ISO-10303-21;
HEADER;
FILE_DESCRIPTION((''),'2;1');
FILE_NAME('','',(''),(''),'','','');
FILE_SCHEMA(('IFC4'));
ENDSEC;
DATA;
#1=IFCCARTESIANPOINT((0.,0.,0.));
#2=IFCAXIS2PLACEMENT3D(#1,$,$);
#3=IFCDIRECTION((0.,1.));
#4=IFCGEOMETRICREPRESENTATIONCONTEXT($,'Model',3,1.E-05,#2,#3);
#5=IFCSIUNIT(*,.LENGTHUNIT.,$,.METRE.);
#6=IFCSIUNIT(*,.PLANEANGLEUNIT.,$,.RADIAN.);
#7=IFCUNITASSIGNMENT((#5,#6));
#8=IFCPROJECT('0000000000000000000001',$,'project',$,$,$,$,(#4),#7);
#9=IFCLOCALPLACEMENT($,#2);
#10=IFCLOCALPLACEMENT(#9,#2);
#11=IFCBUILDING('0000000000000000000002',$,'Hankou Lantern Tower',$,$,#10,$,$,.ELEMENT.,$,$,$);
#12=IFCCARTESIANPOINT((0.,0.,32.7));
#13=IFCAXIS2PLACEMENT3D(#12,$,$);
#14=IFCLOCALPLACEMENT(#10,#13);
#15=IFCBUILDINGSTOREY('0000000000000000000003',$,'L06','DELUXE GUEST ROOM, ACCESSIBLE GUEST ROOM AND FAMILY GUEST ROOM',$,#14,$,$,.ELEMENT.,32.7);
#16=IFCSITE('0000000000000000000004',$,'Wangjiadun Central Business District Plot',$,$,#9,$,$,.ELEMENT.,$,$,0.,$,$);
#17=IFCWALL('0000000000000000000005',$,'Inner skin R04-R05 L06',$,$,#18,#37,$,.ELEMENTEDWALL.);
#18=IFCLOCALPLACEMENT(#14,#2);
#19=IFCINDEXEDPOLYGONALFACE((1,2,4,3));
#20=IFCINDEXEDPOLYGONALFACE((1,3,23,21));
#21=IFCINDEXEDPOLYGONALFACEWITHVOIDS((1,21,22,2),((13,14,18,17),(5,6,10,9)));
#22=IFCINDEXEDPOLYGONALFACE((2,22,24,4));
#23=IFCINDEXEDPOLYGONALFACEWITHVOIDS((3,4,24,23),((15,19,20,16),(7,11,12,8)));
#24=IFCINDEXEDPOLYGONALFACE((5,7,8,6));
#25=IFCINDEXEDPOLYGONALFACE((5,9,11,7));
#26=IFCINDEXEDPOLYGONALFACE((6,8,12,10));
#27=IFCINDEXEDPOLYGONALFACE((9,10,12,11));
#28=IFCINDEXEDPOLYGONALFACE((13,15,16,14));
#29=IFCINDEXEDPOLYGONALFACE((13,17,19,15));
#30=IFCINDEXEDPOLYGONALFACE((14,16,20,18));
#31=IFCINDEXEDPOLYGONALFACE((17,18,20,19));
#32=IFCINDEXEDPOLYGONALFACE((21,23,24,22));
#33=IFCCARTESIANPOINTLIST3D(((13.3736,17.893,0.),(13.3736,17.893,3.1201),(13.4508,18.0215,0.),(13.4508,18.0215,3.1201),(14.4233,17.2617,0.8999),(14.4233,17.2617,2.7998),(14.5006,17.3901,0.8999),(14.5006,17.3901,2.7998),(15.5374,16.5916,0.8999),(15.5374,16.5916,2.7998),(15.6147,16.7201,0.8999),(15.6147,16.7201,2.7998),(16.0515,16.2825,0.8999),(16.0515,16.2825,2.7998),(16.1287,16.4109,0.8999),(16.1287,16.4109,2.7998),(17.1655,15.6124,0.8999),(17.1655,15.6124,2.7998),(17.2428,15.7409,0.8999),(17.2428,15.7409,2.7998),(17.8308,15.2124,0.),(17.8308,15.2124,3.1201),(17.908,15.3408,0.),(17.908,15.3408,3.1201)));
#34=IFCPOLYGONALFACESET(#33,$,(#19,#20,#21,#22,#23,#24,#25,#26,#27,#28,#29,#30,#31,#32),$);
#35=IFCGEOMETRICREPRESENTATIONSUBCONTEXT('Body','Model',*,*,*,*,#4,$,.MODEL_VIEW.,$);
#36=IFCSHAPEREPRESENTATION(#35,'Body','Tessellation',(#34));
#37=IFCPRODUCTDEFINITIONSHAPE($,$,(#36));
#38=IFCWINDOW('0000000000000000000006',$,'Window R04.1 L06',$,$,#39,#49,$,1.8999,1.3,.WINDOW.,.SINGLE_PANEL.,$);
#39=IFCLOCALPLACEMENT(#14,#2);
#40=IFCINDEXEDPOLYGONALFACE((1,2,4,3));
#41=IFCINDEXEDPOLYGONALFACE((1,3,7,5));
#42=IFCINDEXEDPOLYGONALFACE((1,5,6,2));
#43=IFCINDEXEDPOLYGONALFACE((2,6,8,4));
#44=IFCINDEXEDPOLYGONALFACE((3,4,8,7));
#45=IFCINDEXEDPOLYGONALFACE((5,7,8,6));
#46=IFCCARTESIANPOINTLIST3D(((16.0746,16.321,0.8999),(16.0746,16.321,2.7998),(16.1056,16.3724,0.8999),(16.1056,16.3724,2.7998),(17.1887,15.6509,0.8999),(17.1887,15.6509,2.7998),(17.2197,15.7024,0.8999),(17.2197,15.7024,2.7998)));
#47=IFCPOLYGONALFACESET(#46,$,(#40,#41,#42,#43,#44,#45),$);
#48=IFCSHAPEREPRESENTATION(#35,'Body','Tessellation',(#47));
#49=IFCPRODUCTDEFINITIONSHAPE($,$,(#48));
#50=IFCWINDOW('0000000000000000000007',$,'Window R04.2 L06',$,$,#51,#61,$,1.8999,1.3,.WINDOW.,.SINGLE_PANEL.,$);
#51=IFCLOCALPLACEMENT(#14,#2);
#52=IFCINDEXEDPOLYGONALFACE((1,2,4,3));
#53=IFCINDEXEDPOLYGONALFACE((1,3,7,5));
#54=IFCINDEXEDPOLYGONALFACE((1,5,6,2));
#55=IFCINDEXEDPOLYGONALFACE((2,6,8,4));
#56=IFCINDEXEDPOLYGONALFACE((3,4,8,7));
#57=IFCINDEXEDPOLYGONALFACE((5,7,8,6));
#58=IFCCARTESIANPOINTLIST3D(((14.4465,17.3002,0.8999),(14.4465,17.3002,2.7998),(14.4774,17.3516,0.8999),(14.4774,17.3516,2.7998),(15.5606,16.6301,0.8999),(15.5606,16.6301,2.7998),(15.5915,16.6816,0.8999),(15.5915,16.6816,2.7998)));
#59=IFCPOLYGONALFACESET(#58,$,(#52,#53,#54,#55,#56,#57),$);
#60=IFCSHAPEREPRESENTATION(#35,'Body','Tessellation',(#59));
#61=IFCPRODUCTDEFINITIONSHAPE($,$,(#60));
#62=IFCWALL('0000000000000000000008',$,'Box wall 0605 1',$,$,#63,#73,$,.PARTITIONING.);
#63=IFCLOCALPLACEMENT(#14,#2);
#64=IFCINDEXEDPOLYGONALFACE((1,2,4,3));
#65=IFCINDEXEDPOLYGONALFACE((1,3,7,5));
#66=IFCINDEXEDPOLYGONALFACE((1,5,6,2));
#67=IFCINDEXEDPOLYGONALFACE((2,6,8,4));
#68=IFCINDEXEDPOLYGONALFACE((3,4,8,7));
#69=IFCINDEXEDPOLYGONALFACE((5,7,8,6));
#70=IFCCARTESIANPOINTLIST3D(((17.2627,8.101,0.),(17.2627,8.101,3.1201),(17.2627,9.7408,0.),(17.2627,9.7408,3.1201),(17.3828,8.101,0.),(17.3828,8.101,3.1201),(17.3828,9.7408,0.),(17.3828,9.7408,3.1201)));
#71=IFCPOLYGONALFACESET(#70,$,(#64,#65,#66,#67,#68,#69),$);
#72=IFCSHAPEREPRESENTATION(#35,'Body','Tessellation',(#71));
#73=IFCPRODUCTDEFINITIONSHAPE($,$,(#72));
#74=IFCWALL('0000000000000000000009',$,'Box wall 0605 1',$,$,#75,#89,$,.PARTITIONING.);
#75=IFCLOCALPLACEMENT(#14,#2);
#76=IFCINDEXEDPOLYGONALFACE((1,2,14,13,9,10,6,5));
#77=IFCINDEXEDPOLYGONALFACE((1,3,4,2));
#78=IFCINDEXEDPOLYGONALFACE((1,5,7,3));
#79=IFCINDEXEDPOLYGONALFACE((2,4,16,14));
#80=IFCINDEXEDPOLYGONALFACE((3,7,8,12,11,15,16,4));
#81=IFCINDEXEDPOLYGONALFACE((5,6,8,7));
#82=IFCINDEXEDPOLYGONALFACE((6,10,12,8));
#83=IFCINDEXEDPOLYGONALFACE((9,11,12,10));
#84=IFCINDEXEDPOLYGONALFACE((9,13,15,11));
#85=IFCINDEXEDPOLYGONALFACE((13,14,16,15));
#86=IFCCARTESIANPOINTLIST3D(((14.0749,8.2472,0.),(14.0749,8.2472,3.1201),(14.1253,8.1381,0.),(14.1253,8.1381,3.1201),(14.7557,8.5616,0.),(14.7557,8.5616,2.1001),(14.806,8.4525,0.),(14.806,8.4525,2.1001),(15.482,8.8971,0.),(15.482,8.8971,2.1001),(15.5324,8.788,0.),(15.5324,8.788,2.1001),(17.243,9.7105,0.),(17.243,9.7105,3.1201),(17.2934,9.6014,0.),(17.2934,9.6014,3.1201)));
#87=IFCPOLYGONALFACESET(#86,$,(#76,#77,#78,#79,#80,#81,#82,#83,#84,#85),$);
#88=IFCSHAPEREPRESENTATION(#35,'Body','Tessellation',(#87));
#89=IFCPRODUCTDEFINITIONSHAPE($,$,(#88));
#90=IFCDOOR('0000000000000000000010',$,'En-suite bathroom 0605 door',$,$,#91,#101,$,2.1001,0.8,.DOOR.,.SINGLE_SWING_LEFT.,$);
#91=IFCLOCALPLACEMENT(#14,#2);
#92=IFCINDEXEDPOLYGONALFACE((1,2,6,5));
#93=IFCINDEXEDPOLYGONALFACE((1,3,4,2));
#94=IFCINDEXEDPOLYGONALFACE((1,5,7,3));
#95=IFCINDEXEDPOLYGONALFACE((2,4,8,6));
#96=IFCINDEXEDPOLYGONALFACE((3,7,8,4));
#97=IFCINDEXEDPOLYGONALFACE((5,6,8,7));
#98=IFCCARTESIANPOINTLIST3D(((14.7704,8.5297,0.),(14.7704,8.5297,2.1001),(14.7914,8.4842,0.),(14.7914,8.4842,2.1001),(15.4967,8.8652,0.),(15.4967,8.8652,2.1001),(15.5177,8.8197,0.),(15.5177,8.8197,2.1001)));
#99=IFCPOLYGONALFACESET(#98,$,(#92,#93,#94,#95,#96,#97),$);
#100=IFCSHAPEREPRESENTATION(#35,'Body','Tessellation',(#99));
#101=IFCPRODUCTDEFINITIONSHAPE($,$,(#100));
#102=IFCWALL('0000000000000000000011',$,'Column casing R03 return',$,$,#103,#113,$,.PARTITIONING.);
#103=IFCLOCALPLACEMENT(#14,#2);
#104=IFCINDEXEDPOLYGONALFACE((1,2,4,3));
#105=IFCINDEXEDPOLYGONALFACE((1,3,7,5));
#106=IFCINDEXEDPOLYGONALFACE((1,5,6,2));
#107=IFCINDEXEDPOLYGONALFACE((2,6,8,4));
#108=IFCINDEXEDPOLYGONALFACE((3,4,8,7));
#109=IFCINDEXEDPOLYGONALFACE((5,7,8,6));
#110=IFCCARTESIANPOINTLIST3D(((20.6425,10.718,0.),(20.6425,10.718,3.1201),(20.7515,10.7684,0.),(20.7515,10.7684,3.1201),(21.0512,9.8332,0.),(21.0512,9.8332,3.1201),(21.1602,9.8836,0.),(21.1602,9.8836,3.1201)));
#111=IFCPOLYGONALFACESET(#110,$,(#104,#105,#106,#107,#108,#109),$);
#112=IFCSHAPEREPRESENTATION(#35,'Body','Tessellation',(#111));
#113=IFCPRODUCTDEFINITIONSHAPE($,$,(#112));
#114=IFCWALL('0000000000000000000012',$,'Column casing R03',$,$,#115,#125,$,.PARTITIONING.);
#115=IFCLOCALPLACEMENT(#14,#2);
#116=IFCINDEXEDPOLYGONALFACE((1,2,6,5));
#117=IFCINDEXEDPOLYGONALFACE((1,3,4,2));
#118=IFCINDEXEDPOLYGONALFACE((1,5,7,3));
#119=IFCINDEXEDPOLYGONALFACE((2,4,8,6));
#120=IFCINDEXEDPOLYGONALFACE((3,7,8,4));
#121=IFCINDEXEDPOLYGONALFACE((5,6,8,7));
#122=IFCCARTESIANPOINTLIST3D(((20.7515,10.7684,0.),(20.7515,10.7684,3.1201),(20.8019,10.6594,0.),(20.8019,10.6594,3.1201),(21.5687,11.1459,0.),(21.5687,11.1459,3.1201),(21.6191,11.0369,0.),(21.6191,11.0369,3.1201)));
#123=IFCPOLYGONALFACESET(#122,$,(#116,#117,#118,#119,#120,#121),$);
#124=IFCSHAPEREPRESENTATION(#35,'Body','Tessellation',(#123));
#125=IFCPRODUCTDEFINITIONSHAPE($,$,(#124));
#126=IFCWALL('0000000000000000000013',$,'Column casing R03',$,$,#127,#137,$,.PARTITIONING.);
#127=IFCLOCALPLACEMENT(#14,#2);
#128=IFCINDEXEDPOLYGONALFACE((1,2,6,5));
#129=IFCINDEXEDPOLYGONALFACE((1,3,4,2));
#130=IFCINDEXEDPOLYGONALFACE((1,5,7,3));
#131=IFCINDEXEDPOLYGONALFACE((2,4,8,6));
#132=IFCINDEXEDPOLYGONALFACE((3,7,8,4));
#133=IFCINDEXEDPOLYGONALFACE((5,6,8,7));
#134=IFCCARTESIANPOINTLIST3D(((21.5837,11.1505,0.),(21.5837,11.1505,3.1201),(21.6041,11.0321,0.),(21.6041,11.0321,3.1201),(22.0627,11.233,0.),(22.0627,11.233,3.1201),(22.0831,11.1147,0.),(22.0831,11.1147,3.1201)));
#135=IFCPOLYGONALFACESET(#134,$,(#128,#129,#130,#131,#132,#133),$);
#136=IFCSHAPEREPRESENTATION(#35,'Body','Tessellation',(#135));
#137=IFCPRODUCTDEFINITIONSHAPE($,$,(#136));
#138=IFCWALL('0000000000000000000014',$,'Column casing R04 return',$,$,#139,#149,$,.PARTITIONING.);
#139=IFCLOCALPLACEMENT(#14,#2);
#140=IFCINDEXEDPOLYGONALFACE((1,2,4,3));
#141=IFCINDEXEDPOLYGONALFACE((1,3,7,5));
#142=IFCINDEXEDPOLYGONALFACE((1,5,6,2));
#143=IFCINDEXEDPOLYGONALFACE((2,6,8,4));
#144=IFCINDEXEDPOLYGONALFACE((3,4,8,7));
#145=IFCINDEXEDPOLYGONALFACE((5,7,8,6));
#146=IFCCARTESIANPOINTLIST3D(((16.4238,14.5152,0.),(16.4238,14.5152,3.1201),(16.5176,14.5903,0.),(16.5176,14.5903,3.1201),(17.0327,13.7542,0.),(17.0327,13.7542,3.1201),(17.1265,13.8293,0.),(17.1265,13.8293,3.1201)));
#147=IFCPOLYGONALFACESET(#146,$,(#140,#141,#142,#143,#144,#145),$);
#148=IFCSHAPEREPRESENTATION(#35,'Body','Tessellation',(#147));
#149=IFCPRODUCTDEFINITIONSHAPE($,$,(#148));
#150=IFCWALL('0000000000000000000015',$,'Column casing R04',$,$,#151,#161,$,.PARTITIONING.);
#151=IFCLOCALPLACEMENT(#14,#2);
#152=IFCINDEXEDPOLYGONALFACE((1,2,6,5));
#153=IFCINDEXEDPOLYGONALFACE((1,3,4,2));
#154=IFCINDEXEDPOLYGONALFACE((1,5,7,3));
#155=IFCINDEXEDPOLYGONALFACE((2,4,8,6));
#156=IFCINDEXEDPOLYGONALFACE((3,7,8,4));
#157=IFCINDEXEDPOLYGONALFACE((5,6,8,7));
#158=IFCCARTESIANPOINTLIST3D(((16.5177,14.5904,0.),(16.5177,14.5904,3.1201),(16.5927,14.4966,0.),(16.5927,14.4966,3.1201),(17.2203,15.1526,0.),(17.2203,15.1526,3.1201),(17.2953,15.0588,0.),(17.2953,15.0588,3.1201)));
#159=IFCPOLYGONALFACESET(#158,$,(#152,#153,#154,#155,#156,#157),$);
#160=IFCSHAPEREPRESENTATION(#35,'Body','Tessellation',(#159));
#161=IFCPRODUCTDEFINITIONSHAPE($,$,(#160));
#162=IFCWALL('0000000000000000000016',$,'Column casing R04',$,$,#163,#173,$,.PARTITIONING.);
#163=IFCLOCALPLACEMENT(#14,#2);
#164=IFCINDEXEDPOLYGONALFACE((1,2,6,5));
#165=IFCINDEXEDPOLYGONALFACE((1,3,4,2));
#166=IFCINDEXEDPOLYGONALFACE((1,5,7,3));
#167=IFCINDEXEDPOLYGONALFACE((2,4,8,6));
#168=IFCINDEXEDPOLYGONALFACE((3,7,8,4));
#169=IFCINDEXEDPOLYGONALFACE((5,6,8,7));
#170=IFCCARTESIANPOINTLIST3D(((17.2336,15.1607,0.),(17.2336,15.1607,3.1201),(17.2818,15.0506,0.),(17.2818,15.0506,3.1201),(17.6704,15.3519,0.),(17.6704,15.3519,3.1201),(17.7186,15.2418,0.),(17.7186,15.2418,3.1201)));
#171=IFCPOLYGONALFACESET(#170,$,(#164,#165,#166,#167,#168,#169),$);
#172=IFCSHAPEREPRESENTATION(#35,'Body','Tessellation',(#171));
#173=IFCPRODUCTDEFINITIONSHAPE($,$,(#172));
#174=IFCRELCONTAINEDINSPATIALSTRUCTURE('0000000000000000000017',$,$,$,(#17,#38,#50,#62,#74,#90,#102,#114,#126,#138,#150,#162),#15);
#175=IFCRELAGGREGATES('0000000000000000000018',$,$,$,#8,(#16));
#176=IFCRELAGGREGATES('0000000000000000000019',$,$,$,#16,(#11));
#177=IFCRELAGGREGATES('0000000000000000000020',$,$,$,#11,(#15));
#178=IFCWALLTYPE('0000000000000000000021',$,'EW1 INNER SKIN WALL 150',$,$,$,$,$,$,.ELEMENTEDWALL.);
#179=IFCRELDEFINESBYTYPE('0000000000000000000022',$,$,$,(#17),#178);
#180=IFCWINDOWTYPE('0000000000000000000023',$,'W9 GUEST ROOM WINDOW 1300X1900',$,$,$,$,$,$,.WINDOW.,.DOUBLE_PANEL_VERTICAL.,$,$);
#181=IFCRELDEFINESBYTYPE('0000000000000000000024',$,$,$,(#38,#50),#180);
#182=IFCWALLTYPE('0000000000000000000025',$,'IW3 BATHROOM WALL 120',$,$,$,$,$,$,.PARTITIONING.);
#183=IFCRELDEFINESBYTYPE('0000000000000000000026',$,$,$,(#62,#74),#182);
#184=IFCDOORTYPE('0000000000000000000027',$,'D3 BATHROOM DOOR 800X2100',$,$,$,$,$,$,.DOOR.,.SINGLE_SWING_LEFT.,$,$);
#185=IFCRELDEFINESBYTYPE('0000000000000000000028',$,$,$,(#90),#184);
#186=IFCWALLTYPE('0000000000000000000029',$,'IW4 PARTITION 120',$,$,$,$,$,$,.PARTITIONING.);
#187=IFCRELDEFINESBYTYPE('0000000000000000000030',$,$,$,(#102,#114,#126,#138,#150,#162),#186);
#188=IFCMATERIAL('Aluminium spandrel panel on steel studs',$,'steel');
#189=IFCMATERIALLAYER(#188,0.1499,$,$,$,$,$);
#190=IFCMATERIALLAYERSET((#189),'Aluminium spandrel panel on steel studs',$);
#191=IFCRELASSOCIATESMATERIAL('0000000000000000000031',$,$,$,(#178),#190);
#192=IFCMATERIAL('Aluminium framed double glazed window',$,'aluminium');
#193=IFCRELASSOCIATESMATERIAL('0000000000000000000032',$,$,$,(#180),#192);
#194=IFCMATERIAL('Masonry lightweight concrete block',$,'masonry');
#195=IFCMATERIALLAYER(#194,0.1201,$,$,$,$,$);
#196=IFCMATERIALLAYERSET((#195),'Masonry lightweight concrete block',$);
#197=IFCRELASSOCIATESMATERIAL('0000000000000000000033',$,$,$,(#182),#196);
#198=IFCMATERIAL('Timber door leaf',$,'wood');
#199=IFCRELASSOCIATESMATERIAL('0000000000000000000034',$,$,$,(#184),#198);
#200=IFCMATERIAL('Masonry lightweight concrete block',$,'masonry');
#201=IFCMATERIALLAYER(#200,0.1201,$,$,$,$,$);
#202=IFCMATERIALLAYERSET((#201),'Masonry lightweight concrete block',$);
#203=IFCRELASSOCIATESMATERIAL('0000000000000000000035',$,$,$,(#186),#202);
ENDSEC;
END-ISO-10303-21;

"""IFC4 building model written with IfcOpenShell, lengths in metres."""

from ifc_helpers import new_model, si_unit, direction, frame, frame_2d, origin, place, context, subcontext, project, spatial, rectangle, extrude, material, layer, layer_set, type_object, element, fill, save


model = new_model("IFC4")

# Units and contexts
model_context = context("Model", 3, precision=1e-05, world=origin(), true_north=direction((0.0, 1.0)))
body_context = subcontext(model_context, "Body", "Model", "MODEL_VIEW")
ifc_project = project(units=[si_unit("LENGTHUNIT", "METRE"), si_unit("PLANEANGLEUNIT", "RADIAN")], contexts=[model_context])

# Site, building, storey
site_placement = place(None, origin())
site = spatial("IfcSite", under=ifc_project, at=site_placement, Name="Wangjiadun Central Business District Plot", CompositionType="ELEMENT", RefElevation=0.0)
building_placement = place(site_placement, origin())
building = spatial("IfcBuilding", under=site, at=building_placement, Name="Hankou Lantern Tower", CompositionType="ELEMENT")
storey_placement = place(building_placement, frame((0.0, 0.0, 32.7)))
storey = spatial("IfcBuildingStorey", under=building, at=storey_placement, Name="L06", Description="DELUXE GUEST ROOM, ACCESSIBLE GUEST ROOM AND FAMILY GUEST ROOM", CompositionType="ELEMENT", Elevation=32.7)

# Wall, openings, windows
ifc_material_1 = material(Name="Aluminium spandrel panel on steel studs", Category="steel")
ifc_layer_1 = layer(ifc_material_1, 0.1499)
ifc_layer_set_1 = layer_set([ifc_layer_1], Name="Aluminium spandrel panel on steel studs")
wall_type_1 = type_object("IfcWallType", Name="EW1 INNER SKIN WALL 150", PredefinedType="ELEMENTEDWALL", material=ifc_layer_set_1)
ifc_material_2 = material(Name="Aluminium framed double glazed window", Category="aluminium")
window_type = type_object("IfcWindowType", Name="W9 GUEST ROOM WINDOW 1300X1900", PartitioningType="DOUBLE_PANEL_VERTICAL", PredefinedType="WINDOW", material=ifc_material_2)
wall_1_placement = place(storey_placement, frame((17.8694, 15.2766, 0.0), z_axis=(0.0, 0.0, 1.0), x_axis=(-0.856958, 0.515386, 0.0)))
wall_1 = element("IfcWall", 1, at=wall_1_placement, inside=storey, type_object=wall_type_1, Name="Inner skin R04-R05 L06", PredefinedType="ELEMENTEDWALL", context=body_context, shape_type="SweptSolid", body=[
    extrude(rectangle(XDim=5.2012, YDim=0.1499, at=frame_2d((2.6006, 0.0))), origin(), (0.0, 0.0, 1.0), 3.1201),
])
opening_1_placement = place(wall_1_placement, frame((0.7764, 0.0, 0.8999)))
opening_1 = element("IfcOpeningElement", 2, at=opening_1_placement, cuts=wall_1, PredefinedType="OPENING", context=body_context, shape_type="SweptSolid", body=[
    extrude(rectangle(XDim=1.3, YDim=1.8999, at=frame_2d((0.6499, 0.95))), frame((0.0, 0.085, 0.0), z_axis=(0.0, -1.0, 0.0), x_axis=(1.0, 0.0, 0.0)), (0.0, 0.0, 1.0), 0.1699),
])
opening_2_placement = place(wall_1_placement, frame((2.6763, 0.0, 0.8999)))
opening_2 = element("IfcOpeningElement", 3, at=opening_2_placement, cuts=wall_1, PredefinedType="OPENING", context=body_context, shape_type="SweptSolid", body=[
    extrude(rectangle(XDim=1.3, YDim=1.8999, at=frame_2d((0.6499, 0.95))), frame((0.0, 0.085, 0.0), z_axis=(0.0, -1.0, 0.0), x_axis=(1.0, 0.0, 0.0)), (0.0, 0.0, 1.0), 0.1699),
])
window_1_placement = place(opening_1_placement, origin())
window_1 = element("IfcWindow", 4, at=window_1_placement, inside=storey, type_object=window_type, Name="Window R04.1 L06", OverallHeight=1.8999, OverallWidth=1.3, PartitioningType="SINGLE_PANEL", PredefinedType="WINDOW", context=body_context, shape_type="SweptSolid", body=[
    extrude(rectangle(XDim=1.3, YDim=1.8999, at=frame_2d((0.6499, 0.95))), frame((0.0, 0.03, 0.0), z_axis=(0.0, -1.0, 0.0), x_axis=(1.0, 0.0, 0.0)), (0.0, 0.0, 1.0), 0.0601),
])
fill(opening_1, window_1)
window_2_placement = place(opening_2_placement, origin())
window_2 = element("IfcWindow", 5, at=window_2_placement, inside=storey, type_object=window_type, Name="Window R04.2 L06", OverallHeight=1.8999, OverallWidth=1.3, PartitioningType="SINGLE_PANEL", PredefinedType="WINDOW", context=body_context, shape_type="SweptSolid", body=[
    extrude(rectangle(XDim=1.3, YDim=1.8999, at=frame_2d((0.6499, 0.95))), frame((0.0, 0.03, 0.0), z_axis=(0.0, -1.0, 0.0), x_axis=(1.0, 0.0, 0.0)), (0.0, 0.0, 1.0), 0.0601),
])
fill(opening_2, window_2)

# Wall
ifc_material_3 = material(Name="Masonry lightweight concrete block", Category="masonry")
ifc_layer_2 = layer(ifc_material_3, 0.1201)
ifc_layer_set_2 = layer_set([ifc_layer_2], Name="Masonry lightweight concrete block")
wall_type_2 = type_object("IfcWallType", Name="IW3 BATHROOM WALL 120", PredefinedType="PARTITIONING", material=ifc_layer_set_2)
wall_2_placement = place(storey_placement, frame((17.3228, 8.1011, 0.0), z_axis=(0.0, 0.0, 1.0), x_axis=(0.0, 1.0, 0.0)))
element("IfcWall", 6, at=wall_2_placement, inside=storey, type_object=wall_type_2, Name="Box wall 0605 1", PredefinedType="PARTITIONING", context=body_context, shape_type="SweptSolid", body=[
    extrude(rectangle(XDim=1.6399, YDim=0.1201, at=frame_2d((0.8198, 0.0))), origin(), (0.0, 0.0, 1.0), 3.1201),
])

# Wall, opening, door
wall_3_placement = place(storey_placement, frame((14.1001, 8.1926, 0.0), z_axis=(0.0, 0.0, 1.0), x_axis=(0.907836, 0.419324, 0.0)))
wall_3 = element("IfcWall", 7, at=wall_3_placement, inside=storey, type_object=wall_type_2, Name="Box wall 0605 1", PredefinedType="PARTITIONING", context=body_context, shape_type="SweptSolid", body=[
    extrude(rectangle(XDim=3.4897, YDim=0.1201, at=frame_2d((1.7449, 0.0))), origin(), (0.0, 0.0, 1.0), 3.1201),
])
opening_3_placement = place(wall_3_placement, frame((0.75, 0.0, 0.0)))
opening_3 = element("IfcOpeningElement", 8, at=opening_3_placement, cuts=wall_3, PredefinedType="OPENING", context=body_context, shape_type="SweptSolid", body=[
    extrude(rectangle(XDim=0.8, YDim=2.1001, at=frame_2d((0.3999, 1.05))), frame((0.0, 0.0701, 0.0), z_axis=(0.0, -1.0, 0.0), x_axis=(1.0, 0.0, 0.0)), (0.0, 0.0, 1.0), 0.1401),
])
ifc_material_4 = material(Name="Timber door leaf", Category="wood")
door_type = type_object("IfcDoorType", Name="D3 BATHROOM DOOR 800X2100", OperationType="SINGLE_SWING_LEFT", PredefinedType="DOOR", material=ifc_material_4)
door_placement = place(opening_3_placement, origin())
door = element("IfcDoor", 9, at=door_placement, inside=storey, type_object=door_type, Name="En-suite bathroom 0605 door", OperationType="SINGLE_SWING_LEFT", OverallHeight=2.1001, OverallWidth=0.8, PredefinedType="DOOR", context=body_context, shape_type="SweptSolid", body=[
    extrude(rectangle(XDim=0.8, YDim=2.1001, at=frame_2d((0.3999, 1.05))), frame((0.0, 0.0249, 0.0), z_axis=(0.0, -1.0, 0.0), x_axis=(1.0, 0.0, 0.0)), (0.0, 0.0, 1.0), 0.05),
])
fill(opening_3, door)

# Walls
ifc_material_5 = material(Name="Masonry lightweight concrete block", Category="masonry")
ifc_layer_3 = layer(ifc_material_5, 0.1201)
ifc_layer_set_3 = layer_set([ifc_layer_3], Name="Masonry lightweight concrete block")
wall_type_3 = type_object("IfcWallType", Name="IW4 PARTITION 120", PredefinedType="PARTITIONING", material=ifc_layer_set_3)
wall_4_placement = place(storey_placement, frame((21.1057, 9.8584, 0.0), z_axis=(0.0, 0.0, 1.0), x_axis=(-0.419344, 0.907827, 0.0)))
element("IfcWall", 10, at=wall_4_placement, inside=storey, type_object=wall_type_3, Name="Column casing R03 return", PredefinedType="PARTITIONING", context=body_context, shape_type="SweptSolid", body=[
    extrude(rectangle(XDim=0.9746, YDim=0.1201, at=frame_2d((0.4873, 0.0))), origin(), (0.0, 0.0, 1.0), 3.1201),
])
wall_5_placement = place(storey_placement, frame((20.7766, 10.7139, 0.0), z_axis=(0.0, 0.0, 1.0), x_axis=(0.907832, 0.419333, 0.0)))
element("IfcWall", 11, at=wall_5_placement, inside=storey, type_object=wall_type_3, Name="Column casing R03", PredefinedType="PARTITIONING", context=body_context, shape_type="SweptSolid", body=[
    extrude(rectangle(XDim=0.9001, YDim=0.1201, at=frame_2d((0.4502, 0.0))), origin(), (0.0, 0.0, 1.0), 3.1201),
])
wall_6_placement = place(storey_placement, frame((21.5938, 11.0913, 0.0), z_axis=(0.0, 0.0, 1.0), x_axis=(0.985483, 0.169772, 0.0)))
element("IfcWall", 12, at=wall_6_placement, inside=storey, type_object=wall_type_3, Name="Column casing R03", PredefinedType="PARTITIONING", context=body_context, shape_type="SweptSolid", body=[
    extrude(rectangle(XDim=0.4861, YDim=0.1201, at=frame_2d((0.2432, 0.0))), origin(), (0.0, 0.0, 1.0), 3.1201),
])
wall_7_placement = place(storey_placement, frame((17.0796, 13.7917, 0.0), z_axis=(0.0, 0.0, 1.0), x_axis=(-0.624756, 0.78082, 0.0)))
element("IfcWall", 13, at=wall_7_placement, inside=storey, type_object=wall_type_3, Name="Column casing R04 return", PredefinedType="PARTITIONING", context=body_context, shape_type="SweptSolid", body=[
    extrude(rectangle(XDim=0.9746, YDim=0.1201, at=frame_2d((0.4873, 0.0))), origin(), (0.0, 0.0, 1.0), 3.1201),
])
wall_8_placement = place(storey_placement, frame((16.5552, 14.5435, 0.0), z_axis=(0.0, 0.0, 1.0), x_axis=(0.780789, 0.624794, 0.0)))
element("IfcWall", 14, at=wall_8_placement, inside=storey, type_object=wall_type_3, Name="Column casing R04", PredefinedType="PARTITIONING", context=body_context, shape_type="SweptSolid", body=[
    extrude(rectangle(XDim=0.8999, YDim=0.1201, at=frame_2d((0.45, 0.0))), origin(), (0.0, 0.0, 1.0), 3.1201),
])
wall_9_placement = place(storey_placement, frame((17.2578, 15.1057, 0.0), z_axis=(0.0, 0.0, 1.0), x_axis=(0.916099, 0.400953, 0.0)))
element("IfcWall", 15, at=wall_9_placement, inside=storey, type_object=wall_type_3, Name="Column casing R04", PredefinedType="PARTITIONING", context=body_context, shape_type="SweptSolid", body=[
    extrude(rectangle(XDim=0.4768, YDim=0.1201, at=frame_2d((0.2383, 0.0))), origin(), (0.0, 0.0, 1.0), 3.1201),
])

save(model, "model.ifc")
